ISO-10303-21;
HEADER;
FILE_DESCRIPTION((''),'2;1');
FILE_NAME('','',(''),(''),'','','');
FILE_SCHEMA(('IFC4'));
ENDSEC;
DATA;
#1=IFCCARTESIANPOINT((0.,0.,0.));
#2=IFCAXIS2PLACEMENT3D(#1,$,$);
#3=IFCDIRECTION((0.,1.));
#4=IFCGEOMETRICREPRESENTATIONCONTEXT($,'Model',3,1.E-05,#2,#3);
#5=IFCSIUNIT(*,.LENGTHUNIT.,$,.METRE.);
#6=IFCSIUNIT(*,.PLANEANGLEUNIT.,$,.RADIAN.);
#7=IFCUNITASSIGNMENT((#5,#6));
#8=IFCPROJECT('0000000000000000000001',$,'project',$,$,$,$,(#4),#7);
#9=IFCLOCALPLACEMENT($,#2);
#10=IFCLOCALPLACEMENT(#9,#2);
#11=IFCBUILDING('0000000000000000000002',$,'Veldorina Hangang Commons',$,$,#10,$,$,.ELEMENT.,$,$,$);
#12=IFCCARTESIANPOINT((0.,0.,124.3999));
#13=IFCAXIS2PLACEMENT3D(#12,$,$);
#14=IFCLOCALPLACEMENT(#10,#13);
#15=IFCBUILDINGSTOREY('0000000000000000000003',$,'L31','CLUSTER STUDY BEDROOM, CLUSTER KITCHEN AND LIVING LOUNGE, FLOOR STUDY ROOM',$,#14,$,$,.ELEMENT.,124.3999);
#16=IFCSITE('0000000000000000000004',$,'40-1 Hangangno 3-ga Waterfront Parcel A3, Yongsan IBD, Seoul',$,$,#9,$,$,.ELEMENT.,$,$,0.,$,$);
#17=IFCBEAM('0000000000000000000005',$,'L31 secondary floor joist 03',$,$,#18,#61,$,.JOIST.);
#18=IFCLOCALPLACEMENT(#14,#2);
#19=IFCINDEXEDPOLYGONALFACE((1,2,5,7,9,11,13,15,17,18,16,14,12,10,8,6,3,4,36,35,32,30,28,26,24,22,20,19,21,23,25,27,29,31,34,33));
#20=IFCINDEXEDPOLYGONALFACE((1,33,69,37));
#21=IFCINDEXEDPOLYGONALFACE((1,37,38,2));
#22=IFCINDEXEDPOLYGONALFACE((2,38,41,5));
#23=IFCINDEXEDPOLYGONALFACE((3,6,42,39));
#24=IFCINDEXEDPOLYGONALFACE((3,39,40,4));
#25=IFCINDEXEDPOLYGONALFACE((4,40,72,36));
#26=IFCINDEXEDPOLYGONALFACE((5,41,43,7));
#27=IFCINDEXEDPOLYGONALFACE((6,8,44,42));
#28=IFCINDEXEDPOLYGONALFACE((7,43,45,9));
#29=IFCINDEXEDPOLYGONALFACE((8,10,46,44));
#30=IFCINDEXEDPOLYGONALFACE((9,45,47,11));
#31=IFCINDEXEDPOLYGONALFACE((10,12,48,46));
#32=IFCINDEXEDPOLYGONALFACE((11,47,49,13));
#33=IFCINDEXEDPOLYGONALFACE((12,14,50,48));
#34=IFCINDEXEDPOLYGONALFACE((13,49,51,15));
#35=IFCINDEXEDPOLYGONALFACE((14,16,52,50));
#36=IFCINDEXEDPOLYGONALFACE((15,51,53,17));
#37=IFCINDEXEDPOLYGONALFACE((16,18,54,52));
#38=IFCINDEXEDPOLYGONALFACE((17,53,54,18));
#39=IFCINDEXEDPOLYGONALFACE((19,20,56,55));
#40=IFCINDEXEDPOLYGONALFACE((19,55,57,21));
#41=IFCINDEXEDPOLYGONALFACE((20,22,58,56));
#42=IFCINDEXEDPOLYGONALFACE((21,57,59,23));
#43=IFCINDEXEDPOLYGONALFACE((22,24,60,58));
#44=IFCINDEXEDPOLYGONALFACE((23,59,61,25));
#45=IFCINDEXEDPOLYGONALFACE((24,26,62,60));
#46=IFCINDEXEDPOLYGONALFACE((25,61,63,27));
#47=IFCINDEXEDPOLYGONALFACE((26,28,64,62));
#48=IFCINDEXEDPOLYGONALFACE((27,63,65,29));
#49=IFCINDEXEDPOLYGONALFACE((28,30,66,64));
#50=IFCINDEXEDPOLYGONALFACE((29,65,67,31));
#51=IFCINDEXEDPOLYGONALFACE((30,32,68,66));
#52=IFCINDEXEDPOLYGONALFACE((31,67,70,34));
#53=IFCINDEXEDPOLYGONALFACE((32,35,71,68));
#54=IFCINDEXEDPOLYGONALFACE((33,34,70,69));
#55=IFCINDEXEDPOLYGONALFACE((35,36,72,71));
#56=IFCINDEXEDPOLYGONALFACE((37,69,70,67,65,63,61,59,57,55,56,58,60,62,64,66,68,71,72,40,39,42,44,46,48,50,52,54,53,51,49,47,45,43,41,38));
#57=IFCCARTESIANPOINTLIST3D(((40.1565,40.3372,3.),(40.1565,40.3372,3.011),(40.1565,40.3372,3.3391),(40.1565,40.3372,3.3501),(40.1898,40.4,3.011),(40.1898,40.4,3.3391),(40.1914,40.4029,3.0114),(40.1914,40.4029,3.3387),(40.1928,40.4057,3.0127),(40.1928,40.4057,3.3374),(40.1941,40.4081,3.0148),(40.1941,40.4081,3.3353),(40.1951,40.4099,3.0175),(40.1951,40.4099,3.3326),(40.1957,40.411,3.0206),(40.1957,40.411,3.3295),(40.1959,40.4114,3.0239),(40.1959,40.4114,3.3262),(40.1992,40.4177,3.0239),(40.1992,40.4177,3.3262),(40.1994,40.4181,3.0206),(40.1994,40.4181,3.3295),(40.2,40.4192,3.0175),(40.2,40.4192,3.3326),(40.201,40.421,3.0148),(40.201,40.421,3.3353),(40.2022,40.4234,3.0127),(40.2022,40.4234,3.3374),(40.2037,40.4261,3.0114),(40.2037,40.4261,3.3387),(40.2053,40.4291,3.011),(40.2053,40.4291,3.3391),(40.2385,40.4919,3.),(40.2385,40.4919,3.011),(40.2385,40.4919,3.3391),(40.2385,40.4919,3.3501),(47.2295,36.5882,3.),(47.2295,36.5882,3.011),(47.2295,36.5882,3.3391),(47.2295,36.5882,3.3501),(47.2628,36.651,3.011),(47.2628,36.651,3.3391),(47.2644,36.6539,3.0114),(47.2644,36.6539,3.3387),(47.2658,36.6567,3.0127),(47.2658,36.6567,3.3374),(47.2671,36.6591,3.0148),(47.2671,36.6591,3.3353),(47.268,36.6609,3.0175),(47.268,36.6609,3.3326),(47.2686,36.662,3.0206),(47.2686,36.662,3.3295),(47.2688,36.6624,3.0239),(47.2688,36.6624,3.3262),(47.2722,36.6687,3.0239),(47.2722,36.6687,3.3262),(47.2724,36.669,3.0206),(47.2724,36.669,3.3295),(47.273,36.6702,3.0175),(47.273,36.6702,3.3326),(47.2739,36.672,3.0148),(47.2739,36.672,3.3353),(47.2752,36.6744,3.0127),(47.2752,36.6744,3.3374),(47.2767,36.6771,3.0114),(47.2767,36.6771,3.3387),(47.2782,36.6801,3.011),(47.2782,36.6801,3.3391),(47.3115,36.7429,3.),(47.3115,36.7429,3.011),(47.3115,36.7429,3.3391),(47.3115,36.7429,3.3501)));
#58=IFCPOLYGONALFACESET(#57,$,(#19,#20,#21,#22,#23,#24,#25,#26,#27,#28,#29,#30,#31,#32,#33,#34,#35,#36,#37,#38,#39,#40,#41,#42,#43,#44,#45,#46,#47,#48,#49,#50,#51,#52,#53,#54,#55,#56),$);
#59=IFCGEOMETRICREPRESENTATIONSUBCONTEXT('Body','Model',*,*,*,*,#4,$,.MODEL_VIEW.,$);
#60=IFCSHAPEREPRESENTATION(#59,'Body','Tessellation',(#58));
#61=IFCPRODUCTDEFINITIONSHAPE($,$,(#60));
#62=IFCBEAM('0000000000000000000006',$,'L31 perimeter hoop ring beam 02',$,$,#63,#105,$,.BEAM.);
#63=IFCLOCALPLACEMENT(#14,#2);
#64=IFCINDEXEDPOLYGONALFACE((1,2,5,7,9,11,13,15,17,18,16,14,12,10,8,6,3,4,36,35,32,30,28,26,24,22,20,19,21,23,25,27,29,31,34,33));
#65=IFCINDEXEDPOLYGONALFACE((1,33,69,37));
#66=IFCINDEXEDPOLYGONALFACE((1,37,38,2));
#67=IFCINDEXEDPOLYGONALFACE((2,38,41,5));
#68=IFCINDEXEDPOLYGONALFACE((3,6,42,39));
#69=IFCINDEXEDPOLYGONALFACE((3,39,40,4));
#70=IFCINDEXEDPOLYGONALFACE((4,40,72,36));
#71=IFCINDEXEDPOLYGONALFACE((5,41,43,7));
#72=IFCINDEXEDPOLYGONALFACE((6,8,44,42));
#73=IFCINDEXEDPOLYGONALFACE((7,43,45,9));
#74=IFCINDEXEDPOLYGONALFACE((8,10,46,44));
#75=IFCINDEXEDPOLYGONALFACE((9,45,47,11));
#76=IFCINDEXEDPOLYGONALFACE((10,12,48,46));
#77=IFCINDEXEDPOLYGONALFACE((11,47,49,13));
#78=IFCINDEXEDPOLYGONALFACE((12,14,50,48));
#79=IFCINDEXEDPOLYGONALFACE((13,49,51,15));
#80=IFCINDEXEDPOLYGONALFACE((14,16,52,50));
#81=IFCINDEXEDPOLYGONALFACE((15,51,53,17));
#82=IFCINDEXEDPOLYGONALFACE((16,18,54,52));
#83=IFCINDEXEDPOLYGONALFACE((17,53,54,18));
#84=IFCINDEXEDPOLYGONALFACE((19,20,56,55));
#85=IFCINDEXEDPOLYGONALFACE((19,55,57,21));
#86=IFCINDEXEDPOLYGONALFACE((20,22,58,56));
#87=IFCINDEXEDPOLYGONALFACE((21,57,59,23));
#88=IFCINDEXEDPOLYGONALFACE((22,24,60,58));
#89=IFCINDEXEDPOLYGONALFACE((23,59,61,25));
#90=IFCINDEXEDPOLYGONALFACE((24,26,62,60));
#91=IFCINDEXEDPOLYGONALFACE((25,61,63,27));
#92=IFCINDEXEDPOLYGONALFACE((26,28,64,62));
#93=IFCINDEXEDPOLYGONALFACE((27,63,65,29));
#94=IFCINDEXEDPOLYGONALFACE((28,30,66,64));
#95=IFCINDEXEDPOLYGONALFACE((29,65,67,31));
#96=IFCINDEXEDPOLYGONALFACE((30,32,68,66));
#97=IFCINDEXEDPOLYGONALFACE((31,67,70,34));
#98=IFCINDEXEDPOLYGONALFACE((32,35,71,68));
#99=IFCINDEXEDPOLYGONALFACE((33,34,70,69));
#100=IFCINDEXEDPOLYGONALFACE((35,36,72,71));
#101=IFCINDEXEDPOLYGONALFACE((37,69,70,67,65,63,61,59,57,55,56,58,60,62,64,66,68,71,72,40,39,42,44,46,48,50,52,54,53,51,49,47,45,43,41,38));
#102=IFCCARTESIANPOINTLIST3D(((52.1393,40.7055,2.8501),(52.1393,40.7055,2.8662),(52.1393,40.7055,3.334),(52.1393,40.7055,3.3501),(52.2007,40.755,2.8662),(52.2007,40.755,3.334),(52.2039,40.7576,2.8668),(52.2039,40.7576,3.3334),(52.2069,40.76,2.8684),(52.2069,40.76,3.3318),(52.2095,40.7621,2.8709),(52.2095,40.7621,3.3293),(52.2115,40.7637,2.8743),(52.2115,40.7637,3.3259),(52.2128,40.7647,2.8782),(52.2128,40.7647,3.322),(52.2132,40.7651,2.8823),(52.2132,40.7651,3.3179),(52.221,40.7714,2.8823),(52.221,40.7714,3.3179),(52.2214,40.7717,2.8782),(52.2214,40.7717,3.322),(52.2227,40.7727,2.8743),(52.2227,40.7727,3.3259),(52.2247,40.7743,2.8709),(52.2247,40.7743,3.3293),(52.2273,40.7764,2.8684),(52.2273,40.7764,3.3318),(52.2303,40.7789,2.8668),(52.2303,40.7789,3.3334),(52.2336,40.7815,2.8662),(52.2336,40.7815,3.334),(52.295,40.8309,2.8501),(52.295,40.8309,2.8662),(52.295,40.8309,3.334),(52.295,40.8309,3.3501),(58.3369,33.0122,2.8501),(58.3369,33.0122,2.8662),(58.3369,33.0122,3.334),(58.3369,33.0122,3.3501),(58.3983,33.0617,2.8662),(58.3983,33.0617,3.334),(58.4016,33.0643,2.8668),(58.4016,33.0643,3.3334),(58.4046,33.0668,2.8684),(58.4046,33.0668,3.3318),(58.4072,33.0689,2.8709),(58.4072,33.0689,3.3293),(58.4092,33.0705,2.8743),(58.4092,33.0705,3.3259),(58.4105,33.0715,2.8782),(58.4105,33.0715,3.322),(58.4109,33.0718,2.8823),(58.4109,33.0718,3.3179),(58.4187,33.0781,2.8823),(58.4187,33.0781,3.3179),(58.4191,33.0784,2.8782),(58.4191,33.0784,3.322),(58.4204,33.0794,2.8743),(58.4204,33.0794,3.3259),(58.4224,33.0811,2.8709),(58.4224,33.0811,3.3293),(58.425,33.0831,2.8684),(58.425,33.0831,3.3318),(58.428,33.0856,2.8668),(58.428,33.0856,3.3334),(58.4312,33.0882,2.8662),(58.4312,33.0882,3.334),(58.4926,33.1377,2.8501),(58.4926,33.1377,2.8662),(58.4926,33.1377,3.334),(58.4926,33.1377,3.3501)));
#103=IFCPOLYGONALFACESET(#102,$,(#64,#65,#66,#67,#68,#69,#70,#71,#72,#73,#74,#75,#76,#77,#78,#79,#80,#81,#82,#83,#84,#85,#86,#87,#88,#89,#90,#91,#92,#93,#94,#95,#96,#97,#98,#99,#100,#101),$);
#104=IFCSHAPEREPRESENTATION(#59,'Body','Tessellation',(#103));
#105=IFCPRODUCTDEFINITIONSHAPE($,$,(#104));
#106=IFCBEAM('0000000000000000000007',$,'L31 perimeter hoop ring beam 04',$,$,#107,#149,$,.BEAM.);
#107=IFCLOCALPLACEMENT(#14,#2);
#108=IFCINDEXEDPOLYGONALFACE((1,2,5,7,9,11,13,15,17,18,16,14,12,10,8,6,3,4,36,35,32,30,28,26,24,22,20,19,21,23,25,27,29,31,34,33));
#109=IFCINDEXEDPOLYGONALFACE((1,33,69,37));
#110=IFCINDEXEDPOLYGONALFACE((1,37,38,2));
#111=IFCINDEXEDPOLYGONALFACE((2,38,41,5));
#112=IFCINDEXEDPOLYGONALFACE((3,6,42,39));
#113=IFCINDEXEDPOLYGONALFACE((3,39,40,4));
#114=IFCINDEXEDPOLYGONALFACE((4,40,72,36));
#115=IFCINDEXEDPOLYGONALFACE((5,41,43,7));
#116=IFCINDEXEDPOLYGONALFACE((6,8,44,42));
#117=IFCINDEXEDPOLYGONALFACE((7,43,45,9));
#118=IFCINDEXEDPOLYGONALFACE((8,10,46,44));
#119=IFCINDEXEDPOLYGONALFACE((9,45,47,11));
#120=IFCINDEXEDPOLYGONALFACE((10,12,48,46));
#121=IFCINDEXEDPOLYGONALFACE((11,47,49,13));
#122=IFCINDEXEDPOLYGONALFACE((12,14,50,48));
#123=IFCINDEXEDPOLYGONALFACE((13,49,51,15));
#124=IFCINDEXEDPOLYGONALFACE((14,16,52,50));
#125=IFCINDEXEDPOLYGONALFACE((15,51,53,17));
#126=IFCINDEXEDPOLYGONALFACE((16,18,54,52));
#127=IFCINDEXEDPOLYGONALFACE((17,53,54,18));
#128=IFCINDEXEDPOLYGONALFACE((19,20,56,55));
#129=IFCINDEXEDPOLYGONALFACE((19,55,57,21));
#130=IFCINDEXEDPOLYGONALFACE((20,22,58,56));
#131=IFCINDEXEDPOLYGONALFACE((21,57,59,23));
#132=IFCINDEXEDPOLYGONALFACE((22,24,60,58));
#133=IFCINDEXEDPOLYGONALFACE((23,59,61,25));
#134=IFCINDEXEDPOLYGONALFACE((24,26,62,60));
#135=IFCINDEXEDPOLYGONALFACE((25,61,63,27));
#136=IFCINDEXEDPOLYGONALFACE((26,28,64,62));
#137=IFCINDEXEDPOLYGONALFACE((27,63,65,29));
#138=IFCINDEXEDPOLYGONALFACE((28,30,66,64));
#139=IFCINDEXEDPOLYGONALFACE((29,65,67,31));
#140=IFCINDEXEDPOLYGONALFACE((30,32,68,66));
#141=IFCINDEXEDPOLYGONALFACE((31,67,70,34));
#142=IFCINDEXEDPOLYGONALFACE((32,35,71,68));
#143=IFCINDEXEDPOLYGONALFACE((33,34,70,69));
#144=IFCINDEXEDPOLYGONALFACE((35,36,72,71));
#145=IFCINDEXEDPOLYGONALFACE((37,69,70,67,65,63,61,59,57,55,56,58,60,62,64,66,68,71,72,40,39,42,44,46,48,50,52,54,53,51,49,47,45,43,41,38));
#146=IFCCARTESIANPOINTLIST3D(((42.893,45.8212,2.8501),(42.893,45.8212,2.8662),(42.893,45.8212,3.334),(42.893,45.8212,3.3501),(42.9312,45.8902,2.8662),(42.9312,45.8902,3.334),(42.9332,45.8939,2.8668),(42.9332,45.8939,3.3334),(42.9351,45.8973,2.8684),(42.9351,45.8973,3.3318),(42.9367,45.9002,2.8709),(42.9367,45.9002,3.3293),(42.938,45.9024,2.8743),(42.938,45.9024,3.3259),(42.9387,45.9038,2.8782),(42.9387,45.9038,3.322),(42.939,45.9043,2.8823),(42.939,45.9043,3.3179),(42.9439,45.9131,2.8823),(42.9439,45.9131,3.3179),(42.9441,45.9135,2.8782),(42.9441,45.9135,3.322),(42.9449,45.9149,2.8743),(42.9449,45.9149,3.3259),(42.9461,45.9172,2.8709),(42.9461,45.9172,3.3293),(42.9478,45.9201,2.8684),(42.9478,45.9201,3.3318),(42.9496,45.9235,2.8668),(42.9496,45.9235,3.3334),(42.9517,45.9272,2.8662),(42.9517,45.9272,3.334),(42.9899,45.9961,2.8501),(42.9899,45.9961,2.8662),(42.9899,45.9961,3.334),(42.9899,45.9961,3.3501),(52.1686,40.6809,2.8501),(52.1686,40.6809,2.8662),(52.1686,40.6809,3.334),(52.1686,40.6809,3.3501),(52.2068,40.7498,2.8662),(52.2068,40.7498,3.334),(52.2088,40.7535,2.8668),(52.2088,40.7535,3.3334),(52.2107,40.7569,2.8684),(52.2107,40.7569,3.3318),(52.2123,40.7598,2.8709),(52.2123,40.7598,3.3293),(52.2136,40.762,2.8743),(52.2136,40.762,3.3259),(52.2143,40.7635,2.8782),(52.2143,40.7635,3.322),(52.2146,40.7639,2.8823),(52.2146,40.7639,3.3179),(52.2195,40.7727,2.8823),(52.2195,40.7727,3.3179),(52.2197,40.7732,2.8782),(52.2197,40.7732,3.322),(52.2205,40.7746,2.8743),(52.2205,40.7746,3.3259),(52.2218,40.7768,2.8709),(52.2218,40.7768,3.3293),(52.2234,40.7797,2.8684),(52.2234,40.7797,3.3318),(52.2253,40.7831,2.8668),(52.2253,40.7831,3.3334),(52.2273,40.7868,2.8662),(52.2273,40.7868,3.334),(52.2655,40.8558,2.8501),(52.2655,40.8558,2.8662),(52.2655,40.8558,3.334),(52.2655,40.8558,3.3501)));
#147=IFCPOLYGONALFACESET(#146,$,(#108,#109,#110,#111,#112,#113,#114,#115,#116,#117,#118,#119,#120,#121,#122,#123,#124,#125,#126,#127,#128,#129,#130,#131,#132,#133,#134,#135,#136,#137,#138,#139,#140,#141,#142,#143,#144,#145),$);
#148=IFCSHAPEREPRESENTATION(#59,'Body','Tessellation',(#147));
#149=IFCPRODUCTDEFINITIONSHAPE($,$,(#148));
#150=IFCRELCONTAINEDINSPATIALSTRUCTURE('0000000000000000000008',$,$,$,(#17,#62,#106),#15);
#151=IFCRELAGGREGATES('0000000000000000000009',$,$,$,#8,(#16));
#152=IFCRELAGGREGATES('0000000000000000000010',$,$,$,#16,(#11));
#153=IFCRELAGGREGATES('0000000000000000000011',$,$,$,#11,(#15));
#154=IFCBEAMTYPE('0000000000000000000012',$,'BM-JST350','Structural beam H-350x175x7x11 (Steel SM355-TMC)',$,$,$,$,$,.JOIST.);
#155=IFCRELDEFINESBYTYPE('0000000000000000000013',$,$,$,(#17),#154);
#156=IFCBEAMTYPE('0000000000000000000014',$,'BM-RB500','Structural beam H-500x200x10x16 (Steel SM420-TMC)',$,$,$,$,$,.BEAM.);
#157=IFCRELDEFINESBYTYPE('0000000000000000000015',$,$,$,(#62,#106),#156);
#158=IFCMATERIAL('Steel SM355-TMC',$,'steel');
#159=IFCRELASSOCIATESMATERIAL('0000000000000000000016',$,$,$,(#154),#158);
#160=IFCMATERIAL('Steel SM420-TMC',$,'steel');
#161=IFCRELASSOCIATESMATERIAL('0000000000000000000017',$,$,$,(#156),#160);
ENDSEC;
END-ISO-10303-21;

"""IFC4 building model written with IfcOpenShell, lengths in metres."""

from ifc_helpers import new_model, si_unit, direction, frame, origin, origin_2d, place, context, subcontext, project, spatial, i_section, extrude, material, material_profile, profile_set, type_object, element, save


model = new_model("IFC4")

# Units and contexts
model_context = context("Model", 3, precision=1e-05, world=origin(), true_north=direction((0.0, 1.0)))
body_context = subcontext(model_context, "Body", "Model", "MODEL_VIEW")
ifc_project = project(units=[si_unit("LENGTHUNIT", "METRE"), si_unit("PLANEANGLEUNIT", "RADIAN")], contexts=[model_context])

# Site, building, storey
site_placement = place(None, origin())
site = spatial("IfcSite", under=ifc_project, at=site_placement, Name="40-1 Hangangno 3-ga Waterfront Parcel A3, Yongsan IBD, Seoul", CompositionType="ELEMENT", RefElevation=0.0)
building_placement = place(site_placement, origin())
building = spatial("IfcBuilding", under=site, at=building_placement, Name="Veldorina Hangang Commons", CompositionType="ELEMENT")
storey_placement = place(building_placement, frame((0.0, 0.0, 124.3999)))
storey = spatial("IfcBuildingStorey", under=building, at=storey_placement, Name="L31", Description="CLUSTER STUDY BEDROOM, CLUSTER KITCHEN AND LIVING LOUNGE, FLOOR STUDY ROOM", CompositionType="ELEMENT", Elevation=124.3999)

# Beams
ifc_material_1 = material(Name="Steel SM355-TMC", Category="steel")
ifc_material_profile_1 = material_profile(ifc_material_1, i_section(OverallWidth=0.175, OverallDepth=0.3501, WebThickness=0.0071, FlangeThickness=0.011, FilletRadius=0.0129, at=origin_2d()), Name="H-350x175x7x11")
ifc_profile_set_1 = profile_set([ifc_material_profile_1], Name="Steel SM355-TMC")
beam_type_1 = type_object("IfcBeamType", Name="BM-JST350", Description="Structural beam H-350x175x7x11 (Steel SM355-TMC)", PredefinedType="JOIST", material=ifc_profile_set_1)
beam_1_placement = place(storey_placement, frame((47.2705, 36.6655, 3.175), z_axis=(-0.883556, 0.468326, 0.0), x_axis=(-0.468326, -0.883556, 0.0)))
element("IfcBeam", 1, at=beam_1_placement, inside=storey, type_object=beam_type_1, Name="L31 secondary floor joist 03", PredefinedType="JOIST", context=body_context, shape_type="SweptSolid", body=[
    extrude(i_section(OverallWidth=0.175, OverallDepth=0.3501, WebThickness=0.0071, FlangeThickness=0.011, FilletRadius=0.0129, at=origin_2d()), origin(), (0.0, 0.0, 1.0), 8.0051),
])
ifc_material_2 = material(Name="Steel SM420-TMC", Category="steel")
ifc_material_profile_2 = material_profile(ifc_material_2, i_section(OverallWidth=0.2, OverallDepth=0.5, WebThickness=0.01, FlangeThickness=0.0161, FilletRadius=0.0161, at=origin_2d()), Name="H-500x200x10x16")
ifc_profile_set_2 = profile_set([ifc_material_profile_2], Name="Steel SM420-TMC")
beam_type_2 = type_object("IfcBeamType", Name="BM-RB500", Description="Structural beam H-500x200x10x16 (Steel SM420-TMC)", PredefinedType="BEAM", material=ifc_profile_set_2)
beam_2_placement = place(storey_placement, frame((58.4148, 33.075, 3.1001), z_axis=(-0.62735, 0.778738, 0.0), x_axis=(-0.778738, -0.62735, 0.0)))
element("IfcBeam", 2, at=beam_2_placement, inside=storey, type_object=beam_type_2, Name="L31 perimeter hoop ring beam 02", PredefinedType="BEAM", context=body_context, shape_type="SweptSolid", body=[
    extrude(i_section(OverallWidth=0.2, OverallDepth=0.5, WebThickness=0.01, FlangeThickness=0.0161, FilletRadius=0.0161, at=origin_2d()), origin(), (0.0, 0.0, 1.0), 9.8792),
])
beam_3_placement = place(storey_placement, frame((52.217, 40.7683, 3.1001), z_axis=(-0.874667, 0.484724, 0.0), x_axis=(-0.484724, -0.874667, 0.0)))
element("IfcBeam", 3, at=beam_3_placement, inside=storey, type_object=beam_type_2, Name="L31 perimeter hoop ring beam 04", PredefinedType="BEAM", context=body_context, shape_type="SweptSolid", body=[
    extrude(i_section(OverallWidth=0.2, OverallDepth=0.5, WebThickness=0.01, FlangeThickness=0.0161, FilletRadius=0.0161, at=origin_2d()), origin(), (0.0, 0.0, 1.0), 10.6047),
])

save(model, "model.ifc")
